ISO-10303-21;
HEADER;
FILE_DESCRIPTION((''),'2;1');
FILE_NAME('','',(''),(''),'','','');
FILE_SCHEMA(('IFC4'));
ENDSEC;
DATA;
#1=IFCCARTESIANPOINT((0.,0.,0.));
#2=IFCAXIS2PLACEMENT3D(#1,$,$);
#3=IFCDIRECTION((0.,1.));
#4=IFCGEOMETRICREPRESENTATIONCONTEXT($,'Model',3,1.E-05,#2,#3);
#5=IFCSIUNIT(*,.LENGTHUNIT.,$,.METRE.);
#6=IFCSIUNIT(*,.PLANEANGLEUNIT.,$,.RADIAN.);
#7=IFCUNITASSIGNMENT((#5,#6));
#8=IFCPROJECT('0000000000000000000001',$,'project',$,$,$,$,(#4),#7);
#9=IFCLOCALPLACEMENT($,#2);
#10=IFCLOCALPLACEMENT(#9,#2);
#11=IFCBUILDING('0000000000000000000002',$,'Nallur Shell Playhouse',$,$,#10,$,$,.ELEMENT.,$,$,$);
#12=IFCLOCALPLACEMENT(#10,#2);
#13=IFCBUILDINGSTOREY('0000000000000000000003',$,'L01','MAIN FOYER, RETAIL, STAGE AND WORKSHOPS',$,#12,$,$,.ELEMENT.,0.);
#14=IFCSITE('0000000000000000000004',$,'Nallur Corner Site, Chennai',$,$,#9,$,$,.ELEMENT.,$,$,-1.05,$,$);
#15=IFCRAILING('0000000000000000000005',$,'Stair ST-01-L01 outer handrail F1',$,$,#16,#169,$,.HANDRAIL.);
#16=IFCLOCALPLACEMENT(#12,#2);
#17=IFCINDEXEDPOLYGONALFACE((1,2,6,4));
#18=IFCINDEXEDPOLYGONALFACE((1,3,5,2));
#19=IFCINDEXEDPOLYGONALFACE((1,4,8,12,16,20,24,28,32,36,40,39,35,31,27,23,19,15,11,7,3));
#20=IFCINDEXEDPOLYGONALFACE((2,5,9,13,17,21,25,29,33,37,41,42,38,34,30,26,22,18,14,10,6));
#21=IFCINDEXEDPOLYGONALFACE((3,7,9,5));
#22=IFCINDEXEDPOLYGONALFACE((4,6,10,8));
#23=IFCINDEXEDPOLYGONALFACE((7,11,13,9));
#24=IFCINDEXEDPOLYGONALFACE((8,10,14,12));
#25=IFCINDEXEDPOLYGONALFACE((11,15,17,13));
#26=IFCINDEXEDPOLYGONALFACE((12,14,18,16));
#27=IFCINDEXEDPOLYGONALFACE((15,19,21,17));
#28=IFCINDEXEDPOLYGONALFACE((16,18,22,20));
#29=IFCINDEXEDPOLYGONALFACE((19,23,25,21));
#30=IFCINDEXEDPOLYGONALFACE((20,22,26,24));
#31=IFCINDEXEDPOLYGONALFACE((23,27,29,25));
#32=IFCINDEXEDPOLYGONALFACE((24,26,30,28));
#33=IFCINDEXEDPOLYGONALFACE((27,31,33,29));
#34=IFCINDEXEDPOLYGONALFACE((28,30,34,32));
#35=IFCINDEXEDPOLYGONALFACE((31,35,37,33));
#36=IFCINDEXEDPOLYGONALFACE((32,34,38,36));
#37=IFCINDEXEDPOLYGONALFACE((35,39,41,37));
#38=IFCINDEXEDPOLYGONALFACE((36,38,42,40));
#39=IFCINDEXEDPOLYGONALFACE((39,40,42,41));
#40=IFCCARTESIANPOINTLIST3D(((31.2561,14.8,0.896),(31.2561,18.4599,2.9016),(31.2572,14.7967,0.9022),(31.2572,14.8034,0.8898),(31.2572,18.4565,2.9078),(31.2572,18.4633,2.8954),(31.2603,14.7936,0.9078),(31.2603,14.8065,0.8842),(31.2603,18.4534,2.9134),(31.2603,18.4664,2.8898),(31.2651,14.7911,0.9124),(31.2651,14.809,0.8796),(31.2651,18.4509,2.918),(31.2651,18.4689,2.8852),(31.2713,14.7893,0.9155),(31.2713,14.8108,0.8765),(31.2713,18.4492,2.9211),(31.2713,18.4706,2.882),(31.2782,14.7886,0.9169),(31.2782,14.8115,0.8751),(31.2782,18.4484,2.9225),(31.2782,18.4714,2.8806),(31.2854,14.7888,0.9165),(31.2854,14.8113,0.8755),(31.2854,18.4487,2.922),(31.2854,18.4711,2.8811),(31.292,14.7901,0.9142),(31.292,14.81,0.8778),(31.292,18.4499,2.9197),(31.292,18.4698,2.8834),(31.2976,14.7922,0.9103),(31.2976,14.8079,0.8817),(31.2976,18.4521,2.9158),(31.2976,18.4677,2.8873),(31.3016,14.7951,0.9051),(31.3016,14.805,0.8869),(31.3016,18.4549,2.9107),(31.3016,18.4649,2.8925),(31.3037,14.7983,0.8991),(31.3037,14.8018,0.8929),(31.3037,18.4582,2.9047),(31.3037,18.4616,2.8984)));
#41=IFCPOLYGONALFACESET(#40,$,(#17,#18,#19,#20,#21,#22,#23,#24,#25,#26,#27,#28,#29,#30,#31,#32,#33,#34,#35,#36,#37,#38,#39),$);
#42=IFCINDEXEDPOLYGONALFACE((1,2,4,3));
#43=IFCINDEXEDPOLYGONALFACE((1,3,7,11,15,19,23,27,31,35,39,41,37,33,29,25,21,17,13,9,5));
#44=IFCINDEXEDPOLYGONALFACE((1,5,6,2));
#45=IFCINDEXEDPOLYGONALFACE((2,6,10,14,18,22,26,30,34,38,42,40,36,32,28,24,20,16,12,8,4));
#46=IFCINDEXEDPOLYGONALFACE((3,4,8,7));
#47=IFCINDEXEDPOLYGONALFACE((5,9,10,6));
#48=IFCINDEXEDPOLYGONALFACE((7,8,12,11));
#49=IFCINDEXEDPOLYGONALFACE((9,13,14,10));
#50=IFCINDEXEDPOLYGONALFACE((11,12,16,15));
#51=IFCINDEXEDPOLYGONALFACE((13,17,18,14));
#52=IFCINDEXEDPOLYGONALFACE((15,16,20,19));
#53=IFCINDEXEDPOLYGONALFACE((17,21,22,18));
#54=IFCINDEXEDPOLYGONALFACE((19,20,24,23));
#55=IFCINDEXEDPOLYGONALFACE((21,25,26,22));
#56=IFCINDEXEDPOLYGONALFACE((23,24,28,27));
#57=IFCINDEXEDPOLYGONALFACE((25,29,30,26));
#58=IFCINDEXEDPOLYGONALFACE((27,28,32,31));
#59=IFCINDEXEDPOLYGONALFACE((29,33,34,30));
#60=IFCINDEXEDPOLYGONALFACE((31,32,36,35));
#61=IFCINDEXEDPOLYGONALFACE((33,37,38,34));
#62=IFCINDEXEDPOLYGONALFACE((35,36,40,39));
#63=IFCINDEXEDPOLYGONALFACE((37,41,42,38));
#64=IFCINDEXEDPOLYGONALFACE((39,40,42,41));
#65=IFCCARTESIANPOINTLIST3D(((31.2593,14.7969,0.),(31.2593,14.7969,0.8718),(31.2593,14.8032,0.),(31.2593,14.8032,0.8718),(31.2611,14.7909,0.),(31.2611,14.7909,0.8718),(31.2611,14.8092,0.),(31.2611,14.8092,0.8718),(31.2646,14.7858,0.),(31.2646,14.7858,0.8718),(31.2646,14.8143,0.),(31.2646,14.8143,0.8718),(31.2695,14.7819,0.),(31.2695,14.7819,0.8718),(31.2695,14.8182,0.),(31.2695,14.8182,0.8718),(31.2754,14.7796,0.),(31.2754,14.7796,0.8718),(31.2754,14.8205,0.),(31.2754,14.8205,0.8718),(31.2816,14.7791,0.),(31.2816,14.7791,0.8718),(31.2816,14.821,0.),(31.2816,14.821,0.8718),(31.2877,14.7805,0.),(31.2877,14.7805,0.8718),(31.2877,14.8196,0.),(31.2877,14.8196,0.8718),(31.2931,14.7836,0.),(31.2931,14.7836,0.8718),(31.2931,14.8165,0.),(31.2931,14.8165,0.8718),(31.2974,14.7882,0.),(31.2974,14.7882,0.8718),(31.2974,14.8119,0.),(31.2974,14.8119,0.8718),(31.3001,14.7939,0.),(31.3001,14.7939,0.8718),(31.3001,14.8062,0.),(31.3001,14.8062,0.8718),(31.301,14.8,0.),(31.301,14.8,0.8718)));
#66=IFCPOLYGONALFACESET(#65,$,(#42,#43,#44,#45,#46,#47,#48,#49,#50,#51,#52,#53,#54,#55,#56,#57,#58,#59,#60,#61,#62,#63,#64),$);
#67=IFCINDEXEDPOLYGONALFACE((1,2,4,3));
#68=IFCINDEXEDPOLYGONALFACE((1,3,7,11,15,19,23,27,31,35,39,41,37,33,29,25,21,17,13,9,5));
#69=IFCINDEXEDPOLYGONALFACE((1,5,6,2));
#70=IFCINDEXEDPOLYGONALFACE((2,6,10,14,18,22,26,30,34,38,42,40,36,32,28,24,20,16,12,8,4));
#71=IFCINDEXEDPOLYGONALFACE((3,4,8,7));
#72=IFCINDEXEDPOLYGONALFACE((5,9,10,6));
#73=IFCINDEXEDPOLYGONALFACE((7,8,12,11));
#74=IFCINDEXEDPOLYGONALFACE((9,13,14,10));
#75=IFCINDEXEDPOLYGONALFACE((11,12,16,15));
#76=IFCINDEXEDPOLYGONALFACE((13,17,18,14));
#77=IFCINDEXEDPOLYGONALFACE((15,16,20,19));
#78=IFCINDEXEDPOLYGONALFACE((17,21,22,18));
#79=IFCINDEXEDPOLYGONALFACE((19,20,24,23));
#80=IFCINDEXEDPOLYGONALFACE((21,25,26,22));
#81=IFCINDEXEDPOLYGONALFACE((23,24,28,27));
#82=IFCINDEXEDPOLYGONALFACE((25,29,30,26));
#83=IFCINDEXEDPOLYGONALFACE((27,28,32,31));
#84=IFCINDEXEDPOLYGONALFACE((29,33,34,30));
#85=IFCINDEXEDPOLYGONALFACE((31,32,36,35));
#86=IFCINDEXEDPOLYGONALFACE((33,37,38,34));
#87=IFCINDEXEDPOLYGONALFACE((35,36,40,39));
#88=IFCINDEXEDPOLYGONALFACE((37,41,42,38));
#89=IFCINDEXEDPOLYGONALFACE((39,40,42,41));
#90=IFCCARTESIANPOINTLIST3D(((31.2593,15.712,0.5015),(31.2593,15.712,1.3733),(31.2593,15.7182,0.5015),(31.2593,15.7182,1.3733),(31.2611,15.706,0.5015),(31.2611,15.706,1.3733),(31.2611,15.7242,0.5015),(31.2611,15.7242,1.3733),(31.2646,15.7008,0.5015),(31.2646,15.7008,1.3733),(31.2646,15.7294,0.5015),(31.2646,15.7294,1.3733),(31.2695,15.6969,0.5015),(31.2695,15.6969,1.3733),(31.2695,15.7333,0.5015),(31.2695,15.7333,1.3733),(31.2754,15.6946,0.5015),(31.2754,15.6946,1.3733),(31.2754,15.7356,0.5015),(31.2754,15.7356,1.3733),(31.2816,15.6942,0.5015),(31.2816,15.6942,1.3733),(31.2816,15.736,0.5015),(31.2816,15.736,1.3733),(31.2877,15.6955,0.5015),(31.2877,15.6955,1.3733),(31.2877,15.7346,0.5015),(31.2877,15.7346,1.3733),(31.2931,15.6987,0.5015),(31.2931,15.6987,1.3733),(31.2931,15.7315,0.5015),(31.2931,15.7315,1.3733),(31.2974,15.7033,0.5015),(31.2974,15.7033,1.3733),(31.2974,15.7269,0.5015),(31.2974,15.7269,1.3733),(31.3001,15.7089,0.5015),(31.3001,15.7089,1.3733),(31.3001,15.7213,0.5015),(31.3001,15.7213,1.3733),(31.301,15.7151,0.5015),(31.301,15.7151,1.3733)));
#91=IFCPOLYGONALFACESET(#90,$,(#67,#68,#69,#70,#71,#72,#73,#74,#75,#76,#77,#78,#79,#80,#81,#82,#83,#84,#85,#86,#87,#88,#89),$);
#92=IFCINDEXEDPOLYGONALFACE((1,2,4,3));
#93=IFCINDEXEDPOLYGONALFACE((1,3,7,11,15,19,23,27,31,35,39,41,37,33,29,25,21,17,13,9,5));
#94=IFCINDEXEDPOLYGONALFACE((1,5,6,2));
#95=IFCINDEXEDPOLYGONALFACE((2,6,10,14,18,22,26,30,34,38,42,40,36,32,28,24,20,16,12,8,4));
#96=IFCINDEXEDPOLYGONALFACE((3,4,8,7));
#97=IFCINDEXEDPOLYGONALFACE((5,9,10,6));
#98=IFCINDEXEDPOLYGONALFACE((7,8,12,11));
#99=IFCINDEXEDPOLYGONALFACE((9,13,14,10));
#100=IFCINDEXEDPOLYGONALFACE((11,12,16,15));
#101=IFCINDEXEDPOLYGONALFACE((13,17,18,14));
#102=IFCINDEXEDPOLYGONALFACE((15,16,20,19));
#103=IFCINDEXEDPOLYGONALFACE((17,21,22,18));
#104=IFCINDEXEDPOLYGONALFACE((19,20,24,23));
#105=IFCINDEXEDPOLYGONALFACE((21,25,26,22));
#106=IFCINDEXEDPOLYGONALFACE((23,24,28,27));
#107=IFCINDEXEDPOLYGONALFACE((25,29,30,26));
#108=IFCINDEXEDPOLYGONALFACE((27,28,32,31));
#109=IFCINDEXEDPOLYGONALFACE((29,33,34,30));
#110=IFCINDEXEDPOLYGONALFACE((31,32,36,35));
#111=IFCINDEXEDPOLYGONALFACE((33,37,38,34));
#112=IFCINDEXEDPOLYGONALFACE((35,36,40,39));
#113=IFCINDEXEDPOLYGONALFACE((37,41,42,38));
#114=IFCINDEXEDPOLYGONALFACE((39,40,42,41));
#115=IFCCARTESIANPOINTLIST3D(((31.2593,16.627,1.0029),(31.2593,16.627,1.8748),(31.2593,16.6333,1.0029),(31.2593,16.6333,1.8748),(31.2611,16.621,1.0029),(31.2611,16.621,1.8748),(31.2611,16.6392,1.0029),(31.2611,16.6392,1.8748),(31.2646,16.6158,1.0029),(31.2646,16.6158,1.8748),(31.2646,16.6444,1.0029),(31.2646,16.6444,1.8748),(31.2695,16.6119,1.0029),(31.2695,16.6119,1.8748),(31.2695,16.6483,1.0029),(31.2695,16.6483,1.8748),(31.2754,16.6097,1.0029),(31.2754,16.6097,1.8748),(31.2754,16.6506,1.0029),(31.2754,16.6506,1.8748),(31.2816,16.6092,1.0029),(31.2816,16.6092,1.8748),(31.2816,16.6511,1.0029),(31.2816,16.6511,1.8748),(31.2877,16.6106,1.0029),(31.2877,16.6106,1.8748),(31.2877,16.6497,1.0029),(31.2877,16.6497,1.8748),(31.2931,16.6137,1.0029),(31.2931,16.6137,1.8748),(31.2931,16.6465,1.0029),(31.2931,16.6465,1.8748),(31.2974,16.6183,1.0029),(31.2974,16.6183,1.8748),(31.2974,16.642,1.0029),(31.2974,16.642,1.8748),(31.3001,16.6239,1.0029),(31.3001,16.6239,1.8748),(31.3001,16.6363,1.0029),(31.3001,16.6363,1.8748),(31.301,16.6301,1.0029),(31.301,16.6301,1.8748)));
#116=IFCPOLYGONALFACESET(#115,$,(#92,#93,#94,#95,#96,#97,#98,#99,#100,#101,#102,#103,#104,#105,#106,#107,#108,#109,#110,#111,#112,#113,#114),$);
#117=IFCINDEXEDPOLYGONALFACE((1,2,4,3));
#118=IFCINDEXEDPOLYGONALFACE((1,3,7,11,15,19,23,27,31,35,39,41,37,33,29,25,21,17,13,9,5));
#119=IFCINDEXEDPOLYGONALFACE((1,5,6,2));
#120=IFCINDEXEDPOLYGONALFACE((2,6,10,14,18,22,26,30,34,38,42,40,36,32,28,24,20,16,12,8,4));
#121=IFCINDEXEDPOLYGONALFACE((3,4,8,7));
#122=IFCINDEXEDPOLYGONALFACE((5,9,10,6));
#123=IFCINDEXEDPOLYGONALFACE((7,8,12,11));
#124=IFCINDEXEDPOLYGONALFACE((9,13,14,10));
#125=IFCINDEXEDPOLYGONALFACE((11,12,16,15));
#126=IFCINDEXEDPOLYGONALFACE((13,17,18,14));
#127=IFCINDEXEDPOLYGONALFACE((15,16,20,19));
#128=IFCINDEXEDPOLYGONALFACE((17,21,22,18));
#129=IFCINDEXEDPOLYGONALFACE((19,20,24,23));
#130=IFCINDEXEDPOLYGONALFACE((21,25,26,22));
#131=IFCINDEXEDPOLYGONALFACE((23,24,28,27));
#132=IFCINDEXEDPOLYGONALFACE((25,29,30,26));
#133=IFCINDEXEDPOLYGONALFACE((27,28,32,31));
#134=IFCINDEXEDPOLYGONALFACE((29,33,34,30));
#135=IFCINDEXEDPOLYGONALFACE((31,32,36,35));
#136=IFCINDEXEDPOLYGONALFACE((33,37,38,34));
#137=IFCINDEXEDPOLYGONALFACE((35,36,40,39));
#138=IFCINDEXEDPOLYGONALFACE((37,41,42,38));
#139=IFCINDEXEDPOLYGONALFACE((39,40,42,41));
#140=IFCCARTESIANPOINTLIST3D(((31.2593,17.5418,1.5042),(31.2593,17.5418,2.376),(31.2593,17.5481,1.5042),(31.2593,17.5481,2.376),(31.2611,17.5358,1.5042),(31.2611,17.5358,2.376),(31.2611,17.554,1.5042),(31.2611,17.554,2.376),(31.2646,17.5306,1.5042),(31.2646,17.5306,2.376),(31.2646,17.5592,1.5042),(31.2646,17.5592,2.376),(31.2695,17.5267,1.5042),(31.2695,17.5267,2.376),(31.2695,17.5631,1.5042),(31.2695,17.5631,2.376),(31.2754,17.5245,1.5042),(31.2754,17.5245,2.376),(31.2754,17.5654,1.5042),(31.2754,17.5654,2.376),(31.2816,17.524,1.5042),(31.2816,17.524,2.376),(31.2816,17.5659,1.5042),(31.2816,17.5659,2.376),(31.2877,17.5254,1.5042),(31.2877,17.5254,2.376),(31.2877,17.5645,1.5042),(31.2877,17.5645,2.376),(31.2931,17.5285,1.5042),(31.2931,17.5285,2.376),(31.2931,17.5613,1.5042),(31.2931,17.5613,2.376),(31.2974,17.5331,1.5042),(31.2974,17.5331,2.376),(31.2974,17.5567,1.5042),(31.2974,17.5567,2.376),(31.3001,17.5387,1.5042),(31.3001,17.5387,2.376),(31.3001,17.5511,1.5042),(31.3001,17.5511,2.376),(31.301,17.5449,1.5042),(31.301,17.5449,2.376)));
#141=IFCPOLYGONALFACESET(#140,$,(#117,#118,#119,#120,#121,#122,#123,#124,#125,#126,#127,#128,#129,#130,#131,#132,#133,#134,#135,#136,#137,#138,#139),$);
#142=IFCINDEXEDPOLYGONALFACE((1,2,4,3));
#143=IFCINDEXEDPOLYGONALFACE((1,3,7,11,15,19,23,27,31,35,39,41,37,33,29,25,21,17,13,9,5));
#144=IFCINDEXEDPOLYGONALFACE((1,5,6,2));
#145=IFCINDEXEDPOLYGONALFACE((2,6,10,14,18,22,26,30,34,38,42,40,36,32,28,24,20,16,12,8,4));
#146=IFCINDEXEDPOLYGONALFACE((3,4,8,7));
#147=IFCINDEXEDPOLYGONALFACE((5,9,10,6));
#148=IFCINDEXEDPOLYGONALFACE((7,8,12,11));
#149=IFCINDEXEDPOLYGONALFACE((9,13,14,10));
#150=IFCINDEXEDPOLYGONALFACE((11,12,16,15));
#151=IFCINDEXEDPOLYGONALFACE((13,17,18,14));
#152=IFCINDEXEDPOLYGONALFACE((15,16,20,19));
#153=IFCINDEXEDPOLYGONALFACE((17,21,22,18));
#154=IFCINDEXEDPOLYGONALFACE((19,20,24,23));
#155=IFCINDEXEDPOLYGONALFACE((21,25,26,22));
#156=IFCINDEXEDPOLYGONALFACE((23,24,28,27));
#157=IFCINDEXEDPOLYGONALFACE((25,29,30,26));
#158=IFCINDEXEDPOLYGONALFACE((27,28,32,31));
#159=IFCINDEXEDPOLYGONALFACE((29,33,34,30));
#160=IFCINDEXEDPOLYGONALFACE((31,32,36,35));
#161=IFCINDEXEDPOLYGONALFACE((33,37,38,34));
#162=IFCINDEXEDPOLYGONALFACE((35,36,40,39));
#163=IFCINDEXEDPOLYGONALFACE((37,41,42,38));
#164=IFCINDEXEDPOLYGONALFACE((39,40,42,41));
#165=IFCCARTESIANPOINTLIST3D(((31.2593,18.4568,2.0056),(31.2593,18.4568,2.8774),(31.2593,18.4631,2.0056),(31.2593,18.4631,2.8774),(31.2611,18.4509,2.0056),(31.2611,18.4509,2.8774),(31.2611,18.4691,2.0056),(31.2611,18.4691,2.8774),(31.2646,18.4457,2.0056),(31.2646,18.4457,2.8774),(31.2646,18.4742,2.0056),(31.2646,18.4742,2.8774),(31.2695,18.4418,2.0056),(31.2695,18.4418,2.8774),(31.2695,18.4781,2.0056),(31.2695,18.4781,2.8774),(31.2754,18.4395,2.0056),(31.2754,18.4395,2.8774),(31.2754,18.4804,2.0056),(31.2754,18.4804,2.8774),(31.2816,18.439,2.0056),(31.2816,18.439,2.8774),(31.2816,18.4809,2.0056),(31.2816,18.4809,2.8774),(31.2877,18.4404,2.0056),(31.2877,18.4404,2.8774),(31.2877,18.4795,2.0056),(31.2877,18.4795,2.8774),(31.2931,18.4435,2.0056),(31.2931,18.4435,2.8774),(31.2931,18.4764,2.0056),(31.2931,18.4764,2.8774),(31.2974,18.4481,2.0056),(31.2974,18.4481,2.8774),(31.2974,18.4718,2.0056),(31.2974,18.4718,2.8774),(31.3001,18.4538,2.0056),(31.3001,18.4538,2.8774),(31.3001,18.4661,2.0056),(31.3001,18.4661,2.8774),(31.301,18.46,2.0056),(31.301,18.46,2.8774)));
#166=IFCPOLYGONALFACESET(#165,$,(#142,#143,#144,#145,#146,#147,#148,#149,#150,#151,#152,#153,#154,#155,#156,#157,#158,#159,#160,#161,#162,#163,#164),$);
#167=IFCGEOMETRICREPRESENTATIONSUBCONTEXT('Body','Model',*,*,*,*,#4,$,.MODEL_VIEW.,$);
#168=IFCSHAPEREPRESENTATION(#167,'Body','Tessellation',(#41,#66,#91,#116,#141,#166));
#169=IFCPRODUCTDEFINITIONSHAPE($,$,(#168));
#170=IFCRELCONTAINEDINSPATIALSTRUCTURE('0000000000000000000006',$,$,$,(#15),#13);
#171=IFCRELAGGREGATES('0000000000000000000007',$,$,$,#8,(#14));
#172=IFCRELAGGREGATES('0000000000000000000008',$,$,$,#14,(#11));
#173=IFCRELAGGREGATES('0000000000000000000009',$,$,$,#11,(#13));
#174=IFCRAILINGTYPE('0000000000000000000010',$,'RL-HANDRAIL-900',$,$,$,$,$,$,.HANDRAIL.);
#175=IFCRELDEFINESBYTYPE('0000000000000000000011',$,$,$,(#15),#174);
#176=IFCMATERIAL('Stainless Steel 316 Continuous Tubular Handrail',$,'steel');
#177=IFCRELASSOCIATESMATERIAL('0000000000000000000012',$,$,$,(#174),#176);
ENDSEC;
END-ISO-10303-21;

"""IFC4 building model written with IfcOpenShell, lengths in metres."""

from ifc_helpers import new_model, si_unit, direction, frame, origin, origin_2d, place, context, subcontext, project, spatial, circle, extrude, material, type_object, element, save


model = new_model("IFC4")

# Units and contexts
model_context = context("Model", 3, precision=1e-05, world=origin(), true_north=direction((0.0, 1.0)))
body_context = subcontext(model_context, "Body", "Model", "MODEL_VIEW")
ifc_project = project(units=[si_unit("LENGTHUNIT", "METRE"), si_unit("PLANEANGLEUNIT", "RADIAN")], contexts=[model_context])

# Site, building, storey
site_placement = place(None, origin())
site = spatial("IfcSite", under=ifc_project, at=site_placement, Name="Nallur Corner Site, Chennai", CompositionType="ELEMENT", RefElevation=-1.05)
building_placement = place(site_placement, origin())
building = spatial("IfcBuilding", under=site, at=building_placement, Name="Nallur Shell Playhouse", CompositionType="ELEMENT")
storey_placement = place(building_placement, origin())
storey = spatial("IfcBuildingStorey", under=building, at=storey_placement, Name="L01", Description="MAIN FOYER, RETAIL, STAGE AND WORKSHOPS", CompositionType="ELEMENT", Elevation=0.0)

# Railing
ifc_material_1 = material(Name="Stainless Steel 316 Continuous Tubular Handrail", Category="steel")
railing_type = type_object("IfcRailingType", Name="RL-HANDRAIL-900", PredefinedType="HANDRAIL", material=ifc_material_1)
railing_placement = place(storey_placement, frame((31.28, 14.8, 0.0)))
element("IfcRailing", 1, at=railing_placement, inside=storey, type_object=railing_type, Name="Stair ST-01-L01 outer handrail F1", PredefinedType="HANDRAIL", context=body_context, shape_type="SweptSolid", body=[
    extrude(circle(Radius=0.0239, at=origin_2d()), frame((0.0, 0.0, 0.896), z_axis=(0.0, 0.876957, 0.480569), x_axis=(-1.0, 0.0, 0.0)), (0.0, 0.0, 1.0), 4.1733),
    extrude(circle(Radius=0.021, at=origin_2d()), origin(), (0.0, 0.0, 1.0), 0.8718),
    extrude(circle(Radius=0.021, at=origin_2d()), frame((0.0, 0.915, 0.5015)), (0.0, 0.0, 1.0), 0.8718),
    extrude(circle(Radius=0.021, at=origin_2d()), frame((0.0, 1.8301, 1.0029)), (0.0, 0.0, 1.0), 0.8718),
    extrude(circle(Radius=0.021, at=origin_2d()), frame((0.0, 2.7449, 1.5042)), (0.0, 0.0, 1.0), 0.8718),
    extrude(circle(Radius=0.021, at=origin_2d()), frame((0.0, 3.6599, 2.0056)), (0.0, 0.0, 1.0), 0.8718),
])

save(model, "model.ifc")
